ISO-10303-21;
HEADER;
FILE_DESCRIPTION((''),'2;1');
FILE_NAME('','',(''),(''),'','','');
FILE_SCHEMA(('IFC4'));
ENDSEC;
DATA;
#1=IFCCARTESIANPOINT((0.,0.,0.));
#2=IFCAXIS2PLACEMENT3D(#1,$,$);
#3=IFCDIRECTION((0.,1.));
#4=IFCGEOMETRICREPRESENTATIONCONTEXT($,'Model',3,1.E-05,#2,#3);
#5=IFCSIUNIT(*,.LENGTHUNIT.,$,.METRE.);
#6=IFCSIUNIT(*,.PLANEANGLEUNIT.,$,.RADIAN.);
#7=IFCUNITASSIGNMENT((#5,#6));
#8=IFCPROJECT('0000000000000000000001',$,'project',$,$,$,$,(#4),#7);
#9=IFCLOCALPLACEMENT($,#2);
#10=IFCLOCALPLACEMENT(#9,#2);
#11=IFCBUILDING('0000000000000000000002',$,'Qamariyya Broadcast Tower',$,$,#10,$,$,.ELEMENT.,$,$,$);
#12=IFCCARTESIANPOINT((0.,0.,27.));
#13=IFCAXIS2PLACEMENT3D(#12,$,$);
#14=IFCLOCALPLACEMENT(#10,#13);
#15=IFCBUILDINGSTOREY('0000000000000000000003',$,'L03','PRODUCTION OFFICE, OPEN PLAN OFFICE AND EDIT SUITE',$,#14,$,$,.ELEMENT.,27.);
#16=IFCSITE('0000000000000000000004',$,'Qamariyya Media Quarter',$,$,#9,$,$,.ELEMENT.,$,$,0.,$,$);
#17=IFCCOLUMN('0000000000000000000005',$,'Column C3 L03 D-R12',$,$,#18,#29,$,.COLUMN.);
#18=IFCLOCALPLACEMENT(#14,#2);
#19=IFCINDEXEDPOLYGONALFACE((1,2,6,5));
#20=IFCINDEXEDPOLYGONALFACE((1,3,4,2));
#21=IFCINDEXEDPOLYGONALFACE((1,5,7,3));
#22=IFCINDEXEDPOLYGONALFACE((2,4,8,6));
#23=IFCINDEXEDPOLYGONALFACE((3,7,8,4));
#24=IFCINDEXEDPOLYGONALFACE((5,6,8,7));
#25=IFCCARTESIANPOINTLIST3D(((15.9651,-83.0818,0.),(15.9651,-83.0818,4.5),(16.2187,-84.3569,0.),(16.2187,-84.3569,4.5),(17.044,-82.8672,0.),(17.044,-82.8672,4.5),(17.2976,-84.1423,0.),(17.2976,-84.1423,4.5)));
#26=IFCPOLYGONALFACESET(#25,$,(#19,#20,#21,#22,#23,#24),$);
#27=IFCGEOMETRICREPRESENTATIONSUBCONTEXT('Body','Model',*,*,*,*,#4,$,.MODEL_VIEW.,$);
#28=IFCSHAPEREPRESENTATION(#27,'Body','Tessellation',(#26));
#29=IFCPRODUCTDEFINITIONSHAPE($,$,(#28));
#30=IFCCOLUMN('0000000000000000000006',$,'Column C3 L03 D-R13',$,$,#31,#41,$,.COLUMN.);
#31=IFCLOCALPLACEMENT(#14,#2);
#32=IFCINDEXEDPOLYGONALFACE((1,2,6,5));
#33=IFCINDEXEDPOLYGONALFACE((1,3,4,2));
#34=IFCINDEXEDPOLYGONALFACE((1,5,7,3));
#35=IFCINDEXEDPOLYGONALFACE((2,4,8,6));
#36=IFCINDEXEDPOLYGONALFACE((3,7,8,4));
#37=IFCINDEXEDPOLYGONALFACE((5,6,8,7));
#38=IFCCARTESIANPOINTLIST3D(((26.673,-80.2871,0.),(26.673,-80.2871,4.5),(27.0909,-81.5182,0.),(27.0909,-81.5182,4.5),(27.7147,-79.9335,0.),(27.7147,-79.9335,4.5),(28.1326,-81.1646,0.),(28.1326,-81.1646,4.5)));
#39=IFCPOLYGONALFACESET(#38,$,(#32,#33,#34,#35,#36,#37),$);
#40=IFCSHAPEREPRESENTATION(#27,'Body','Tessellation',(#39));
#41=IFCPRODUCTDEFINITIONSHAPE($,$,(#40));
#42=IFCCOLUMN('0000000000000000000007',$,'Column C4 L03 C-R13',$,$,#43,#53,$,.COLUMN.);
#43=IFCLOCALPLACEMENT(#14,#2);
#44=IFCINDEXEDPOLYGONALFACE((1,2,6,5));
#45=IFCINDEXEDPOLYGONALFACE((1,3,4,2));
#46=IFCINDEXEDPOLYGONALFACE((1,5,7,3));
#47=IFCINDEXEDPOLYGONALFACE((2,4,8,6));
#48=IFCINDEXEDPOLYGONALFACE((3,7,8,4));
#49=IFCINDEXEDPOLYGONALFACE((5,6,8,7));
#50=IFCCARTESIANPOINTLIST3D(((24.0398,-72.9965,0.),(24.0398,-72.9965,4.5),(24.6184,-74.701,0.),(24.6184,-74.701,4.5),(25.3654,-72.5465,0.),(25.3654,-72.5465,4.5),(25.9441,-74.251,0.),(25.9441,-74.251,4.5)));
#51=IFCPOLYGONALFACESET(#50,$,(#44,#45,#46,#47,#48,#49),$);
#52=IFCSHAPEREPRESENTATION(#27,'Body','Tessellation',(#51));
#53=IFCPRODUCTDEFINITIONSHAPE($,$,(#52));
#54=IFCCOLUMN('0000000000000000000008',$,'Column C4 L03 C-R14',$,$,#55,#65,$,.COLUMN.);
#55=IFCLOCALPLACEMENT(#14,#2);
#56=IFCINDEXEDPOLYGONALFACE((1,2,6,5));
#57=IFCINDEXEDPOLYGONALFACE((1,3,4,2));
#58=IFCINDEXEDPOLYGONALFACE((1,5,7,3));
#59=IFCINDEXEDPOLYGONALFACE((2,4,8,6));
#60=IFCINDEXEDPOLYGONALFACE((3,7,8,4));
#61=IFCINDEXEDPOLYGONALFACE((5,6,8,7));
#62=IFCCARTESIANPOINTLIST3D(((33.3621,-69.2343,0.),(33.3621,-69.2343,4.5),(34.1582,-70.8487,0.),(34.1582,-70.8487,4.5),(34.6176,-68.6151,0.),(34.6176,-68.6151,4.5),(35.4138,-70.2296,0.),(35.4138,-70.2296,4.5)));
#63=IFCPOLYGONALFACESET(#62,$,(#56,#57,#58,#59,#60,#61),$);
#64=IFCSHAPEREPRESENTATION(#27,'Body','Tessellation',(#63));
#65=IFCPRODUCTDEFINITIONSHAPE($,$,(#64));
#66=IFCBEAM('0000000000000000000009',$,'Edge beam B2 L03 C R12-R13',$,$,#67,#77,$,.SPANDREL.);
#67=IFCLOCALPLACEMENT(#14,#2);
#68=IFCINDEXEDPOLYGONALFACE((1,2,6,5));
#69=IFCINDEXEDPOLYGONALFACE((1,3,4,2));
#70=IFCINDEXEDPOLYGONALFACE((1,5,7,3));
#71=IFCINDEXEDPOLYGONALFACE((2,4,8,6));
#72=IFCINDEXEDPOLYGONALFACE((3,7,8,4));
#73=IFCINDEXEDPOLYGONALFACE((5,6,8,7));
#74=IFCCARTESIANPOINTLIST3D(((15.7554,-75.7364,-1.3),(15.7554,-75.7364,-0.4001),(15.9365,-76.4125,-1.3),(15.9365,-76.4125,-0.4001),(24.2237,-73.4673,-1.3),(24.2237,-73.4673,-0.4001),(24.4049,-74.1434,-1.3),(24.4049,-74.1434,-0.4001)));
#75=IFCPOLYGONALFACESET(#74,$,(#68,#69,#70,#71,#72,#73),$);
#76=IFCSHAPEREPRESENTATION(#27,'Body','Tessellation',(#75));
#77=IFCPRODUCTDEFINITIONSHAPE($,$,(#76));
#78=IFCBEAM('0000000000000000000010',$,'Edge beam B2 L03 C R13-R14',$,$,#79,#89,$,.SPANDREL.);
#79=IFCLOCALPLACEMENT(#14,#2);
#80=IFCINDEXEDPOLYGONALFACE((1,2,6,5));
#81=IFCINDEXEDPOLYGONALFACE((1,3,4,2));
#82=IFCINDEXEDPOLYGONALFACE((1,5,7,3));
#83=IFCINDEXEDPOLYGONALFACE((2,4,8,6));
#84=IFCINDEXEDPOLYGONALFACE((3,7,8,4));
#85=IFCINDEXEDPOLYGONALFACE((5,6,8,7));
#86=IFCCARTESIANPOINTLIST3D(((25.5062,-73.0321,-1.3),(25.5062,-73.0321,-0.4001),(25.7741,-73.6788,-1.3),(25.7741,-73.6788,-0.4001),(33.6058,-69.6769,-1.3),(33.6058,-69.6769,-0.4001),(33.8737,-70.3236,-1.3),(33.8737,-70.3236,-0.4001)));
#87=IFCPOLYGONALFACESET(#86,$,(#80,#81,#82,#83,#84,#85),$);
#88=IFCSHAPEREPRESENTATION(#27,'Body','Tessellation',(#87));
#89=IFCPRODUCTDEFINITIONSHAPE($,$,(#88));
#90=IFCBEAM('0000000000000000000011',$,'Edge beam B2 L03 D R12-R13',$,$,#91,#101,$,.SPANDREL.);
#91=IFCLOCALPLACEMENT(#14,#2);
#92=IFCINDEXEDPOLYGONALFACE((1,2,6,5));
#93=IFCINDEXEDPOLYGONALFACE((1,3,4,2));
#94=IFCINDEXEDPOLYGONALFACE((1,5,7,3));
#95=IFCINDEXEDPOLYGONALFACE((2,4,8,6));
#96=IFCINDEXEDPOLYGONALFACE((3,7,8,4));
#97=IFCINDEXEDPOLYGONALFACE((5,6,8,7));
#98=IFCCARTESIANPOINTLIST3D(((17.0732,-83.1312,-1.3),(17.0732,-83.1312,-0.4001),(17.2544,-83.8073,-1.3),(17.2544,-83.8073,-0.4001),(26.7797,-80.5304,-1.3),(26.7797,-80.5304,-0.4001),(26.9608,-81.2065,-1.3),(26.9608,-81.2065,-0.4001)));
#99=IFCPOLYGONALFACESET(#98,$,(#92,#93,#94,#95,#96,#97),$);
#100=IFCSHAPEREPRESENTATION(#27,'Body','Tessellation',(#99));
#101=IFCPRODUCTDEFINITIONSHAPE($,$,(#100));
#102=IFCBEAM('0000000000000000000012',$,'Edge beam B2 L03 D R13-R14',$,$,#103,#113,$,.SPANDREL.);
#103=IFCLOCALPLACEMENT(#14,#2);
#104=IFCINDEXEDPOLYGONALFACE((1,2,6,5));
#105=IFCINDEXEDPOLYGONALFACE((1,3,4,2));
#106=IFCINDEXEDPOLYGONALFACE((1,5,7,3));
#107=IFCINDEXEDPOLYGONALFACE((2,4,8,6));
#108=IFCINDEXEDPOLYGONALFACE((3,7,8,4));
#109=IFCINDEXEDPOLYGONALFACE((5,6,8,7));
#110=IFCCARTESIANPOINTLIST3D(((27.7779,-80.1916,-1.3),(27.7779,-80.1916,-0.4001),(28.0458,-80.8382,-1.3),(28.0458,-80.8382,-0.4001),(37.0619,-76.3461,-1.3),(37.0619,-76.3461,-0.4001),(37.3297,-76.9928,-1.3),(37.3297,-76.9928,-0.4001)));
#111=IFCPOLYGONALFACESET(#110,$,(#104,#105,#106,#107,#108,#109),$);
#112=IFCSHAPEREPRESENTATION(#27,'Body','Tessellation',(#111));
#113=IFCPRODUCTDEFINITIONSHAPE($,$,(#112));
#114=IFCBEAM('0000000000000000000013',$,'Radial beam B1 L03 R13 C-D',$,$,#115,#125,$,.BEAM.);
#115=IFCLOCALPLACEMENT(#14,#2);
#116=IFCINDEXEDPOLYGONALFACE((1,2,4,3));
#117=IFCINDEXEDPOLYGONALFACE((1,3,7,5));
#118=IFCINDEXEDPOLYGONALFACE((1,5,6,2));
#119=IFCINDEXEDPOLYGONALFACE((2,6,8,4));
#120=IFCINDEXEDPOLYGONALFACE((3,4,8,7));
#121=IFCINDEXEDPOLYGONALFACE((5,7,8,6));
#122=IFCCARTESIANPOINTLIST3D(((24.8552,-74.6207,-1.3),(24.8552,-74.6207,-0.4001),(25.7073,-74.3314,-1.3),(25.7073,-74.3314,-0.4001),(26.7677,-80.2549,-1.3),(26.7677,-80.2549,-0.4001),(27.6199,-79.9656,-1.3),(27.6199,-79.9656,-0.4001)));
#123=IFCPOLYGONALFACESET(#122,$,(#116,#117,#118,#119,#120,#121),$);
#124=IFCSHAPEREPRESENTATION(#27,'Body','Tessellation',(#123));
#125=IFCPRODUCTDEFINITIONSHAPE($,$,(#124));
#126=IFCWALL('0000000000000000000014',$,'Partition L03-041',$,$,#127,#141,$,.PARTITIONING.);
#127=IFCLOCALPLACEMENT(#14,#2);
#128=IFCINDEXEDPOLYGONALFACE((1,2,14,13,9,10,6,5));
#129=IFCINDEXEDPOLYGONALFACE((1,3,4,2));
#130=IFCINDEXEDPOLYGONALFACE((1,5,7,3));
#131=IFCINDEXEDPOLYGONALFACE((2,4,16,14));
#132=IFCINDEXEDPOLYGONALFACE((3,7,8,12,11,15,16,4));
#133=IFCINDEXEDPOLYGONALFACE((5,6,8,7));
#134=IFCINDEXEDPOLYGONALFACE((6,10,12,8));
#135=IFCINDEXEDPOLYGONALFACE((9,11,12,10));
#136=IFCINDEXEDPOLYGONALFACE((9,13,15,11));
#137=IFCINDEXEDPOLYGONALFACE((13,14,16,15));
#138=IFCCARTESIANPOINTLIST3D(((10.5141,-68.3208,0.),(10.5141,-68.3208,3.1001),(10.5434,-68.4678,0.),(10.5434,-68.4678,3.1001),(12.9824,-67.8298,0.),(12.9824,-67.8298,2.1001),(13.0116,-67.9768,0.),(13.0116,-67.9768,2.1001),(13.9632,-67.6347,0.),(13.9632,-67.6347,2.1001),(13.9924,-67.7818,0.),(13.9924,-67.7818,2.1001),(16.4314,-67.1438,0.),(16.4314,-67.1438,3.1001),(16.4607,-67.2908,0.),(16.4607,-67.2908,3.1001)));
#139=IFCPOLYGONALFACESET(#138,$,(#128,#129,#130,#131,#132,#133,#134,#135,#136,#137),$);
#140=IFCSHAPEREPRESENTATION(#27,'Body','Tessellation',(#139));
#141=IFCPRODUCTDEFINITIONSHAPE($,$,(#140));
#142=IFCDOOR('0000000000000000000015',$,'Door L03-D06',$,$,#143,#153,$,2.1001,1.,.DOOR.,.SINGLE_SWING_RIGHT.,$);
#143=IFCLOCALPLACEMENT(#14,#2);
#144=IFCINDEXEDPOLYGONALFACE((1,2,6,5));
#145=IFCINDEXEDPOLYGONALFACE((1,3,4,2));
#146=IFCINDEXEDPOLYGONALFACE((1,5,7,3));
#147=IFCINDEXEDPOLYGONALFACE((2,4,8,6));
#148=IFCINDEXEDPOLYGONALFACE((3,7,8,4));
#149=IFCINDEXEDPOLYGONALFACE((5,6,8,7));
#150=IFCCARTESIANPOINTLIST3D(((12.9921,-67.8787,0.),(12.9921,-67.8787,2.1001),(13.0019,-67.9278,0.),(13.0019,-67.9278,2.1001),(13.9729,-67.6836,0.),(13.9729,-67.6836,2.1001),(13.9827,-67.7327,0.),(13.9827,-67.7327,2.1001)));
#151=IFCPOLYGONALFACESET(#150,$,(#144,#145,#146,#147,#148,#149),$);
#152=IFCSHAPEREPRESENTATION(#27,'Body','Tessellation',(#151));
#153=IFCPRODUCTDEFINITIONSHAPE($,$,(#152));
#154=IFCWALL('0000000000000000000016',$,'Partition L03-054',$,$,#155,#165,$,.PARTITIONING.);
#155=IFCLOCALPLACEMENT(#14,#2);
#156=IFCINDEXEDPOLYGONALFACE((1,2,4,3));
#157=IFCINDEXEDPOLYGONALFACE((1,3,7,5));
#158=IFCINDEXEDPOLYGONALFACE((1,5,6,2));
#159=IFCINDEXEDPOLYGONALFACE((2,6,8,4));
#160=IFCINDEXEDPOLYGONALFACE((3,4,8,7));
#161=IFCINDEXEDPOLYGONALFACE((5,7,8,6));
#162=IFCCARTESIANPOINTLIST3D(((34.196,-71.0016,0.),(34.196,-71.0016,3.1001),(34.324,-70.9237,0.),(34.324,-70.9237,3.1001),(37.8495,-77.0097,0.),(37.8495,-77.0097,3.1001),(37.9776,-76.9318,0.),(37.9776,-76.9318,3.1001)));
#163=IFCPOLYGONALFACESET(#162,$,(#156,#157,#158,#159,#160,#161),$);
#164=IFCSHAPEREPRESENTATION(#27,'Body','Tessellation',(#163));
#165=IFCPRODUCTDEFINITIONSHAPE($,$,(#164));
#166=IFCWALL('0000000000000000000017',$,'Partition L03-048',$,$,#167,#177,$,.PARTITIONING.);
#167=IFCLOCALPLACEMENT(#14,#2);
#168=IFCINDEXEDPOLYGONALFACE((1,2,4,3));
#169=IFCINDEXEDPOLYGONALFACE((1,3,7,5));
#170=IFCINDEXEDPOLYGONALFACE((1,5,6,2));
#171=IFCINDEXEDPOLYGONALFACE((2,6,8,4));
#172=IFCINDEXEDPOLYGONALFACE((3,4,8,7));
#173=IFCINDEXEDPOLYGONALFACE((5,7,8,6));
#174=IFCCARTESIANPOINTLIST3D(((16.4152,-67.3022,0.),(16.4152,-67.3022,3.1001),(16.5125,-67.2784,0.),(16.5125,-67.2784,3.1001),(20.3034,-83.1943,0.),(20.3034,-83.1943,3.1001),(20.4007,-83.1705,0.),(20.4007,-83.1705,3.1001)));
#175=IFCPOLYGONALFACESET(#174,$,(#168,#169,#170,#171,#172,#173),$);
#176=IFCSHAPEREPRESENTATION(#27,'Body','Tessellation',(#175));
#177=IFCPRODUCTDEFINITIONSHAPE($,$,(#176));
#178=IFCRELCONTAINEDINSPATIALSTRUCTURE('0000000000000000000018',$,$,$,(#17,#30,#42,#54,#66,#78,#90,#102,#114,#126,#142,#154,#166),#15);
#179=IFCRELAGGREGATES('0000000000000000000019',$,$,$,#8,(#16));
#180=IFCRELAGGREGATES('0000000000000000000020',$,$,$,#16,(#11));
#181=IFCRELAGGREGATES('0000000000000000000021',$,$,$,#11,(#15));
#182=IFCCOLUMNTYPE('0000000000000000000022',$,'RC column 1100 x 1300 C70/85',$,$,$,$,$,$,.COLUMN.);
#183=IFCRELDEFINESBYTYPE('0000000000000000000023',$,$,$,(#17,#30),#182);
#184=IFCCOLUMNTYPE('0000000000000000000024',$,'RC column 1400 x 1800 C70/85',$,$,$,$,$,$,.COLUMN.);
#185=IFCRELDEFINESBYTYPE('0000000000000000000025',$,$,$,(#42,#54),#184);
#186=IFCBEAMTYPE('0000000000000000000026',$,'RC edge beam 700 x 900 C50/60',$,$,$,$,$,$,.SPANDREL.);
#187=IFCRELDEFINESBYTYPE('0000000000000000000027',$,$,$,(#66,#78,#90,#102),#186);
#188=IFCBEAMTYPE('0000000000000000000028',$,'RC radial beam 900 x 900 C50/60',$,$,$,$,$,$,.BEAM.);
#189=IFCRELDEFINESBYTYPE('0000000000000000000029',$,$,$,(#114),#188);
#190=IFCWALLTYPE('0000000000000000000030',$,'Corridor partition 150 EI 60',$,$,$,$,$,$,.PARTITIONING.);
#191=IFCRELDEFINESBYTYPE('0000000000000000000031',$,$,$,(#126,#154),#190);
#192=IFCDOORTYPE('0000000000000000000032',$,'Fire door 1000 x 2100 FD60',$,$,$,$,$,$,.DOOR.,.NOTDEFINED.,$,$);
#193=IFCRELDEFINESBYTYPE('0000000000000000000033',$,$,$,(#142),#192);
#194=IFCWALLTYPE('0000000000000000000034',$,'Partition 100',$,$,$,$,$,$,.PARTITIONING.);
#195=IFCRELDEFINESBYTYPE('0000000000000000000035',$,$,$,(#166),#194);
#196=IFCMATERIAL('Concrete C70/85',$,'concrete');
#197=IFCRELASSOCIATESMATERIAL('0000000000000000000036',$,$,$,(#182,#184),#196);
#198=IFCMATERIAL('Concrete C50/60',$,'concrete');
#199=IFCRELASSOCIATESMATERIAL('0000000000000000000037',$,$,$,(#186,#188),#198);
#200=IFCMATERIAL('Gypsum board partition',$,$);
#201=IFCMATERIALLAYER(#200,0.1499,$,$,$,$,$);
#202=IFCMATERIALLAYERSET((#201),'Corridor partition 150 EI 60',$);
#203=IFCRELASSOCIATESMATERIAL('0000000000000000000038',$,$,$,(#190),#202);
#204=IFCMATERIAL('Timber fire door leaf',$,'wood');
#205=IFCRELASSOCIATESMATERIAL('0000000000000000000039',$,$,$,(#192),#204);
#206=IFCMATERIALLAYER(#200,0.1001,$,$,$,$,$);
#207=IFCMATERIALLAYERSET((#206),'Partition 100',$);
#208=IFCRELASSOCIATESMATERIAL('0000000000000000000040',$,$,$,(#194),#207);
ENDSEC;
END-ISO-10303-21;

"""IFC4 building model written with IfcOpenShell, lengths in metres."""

from ifc_helpers import new_model, si_unit, direction, frame, frame_2d, origin, origin_2d, place, context, subcontext, project, spatial, rectangle, extrude, material, layer, layer_set, material_profile, profile_set, type_object, element, fill, save


model = new_model("IFC4")

# Units and contexts
model_context = context("Model", 3, precision=1e-05, world=origin(), true_north=direction((0.0, 1.0)))
body_context = subcontext(model_context, "Body", "Model", "MODEL_VIEW")
ifc_project = project(units=[si_unit("LENGTHUNIT", "METRE"), si_unit("PLANEANGLEUNIT", "RADIAN")], contexts=[model_context])

# Site, building, storey
site_placement = place(None, origin())
site = spatial("IfcSite", under=ifc_project, at=site_placement, Name="Qamariyya Media Quarter", CompositionType="ELEMENT", RefElevation=0.0)
building_placement = place(site_placement, origin())
building = spatial("IfcBuilding", under=site, at=building_placement, Name="Qamariyya Broadcast Tower", CompositionType="ELEMENT")
storey_placement = place(building_placement, frame((0.0, 0.0, 27.0)))
storey = spatial("IfcBuildingStorey", under=building, at=storey_placement, Name="L03", Description="PRODUCTION OFFICE, OPEN PLAN OFFICE AND EDIT SUITE", CompositionType="ELEMENT", Elevation=27.0)

# Columns
ifc_material_1 = material(Name="Concrete C70/85", Category="concrete")
ifc_material_profile_1 = material_profile(ifc_material_1, rectangle(XDim=1.1001, YDim=1.3, at=origin_2d()))
ifc_profile_set_1 = profile_set([ifc_material_profile_1], Name="Concrete C70/85")
column_type_1 = type_object("IfcColumnType", Name="RC column 1100 x 1300 C70/85", PredefinedType="COLUMN", material=ifc_profile_set_1)
for number, where, z_axis, x_axis, name in (
    (1, (16.6313, -83.6121, 0.0), (0.0, 0.0, 1.0), (0.980785, 0.19509, 0.0), "Column C3 L03 D-R12"),
    (2, (27.4028, -80.7258, 0.0), (0.0, 0.0, 1.0), (0.94693, 0.321439, 0.0), "Column C3 L03 D-R13"),
):
    element("IfcColumn", number, at=place(storey_placement, frame(where, z_axis=z_axis, x_axis=x_axis)), inside=storey, type_object=column_type_1, Name=name, PredefinedType="COLUMN", context=body_context, shape_type="SweptSolid", body=[
        extrude(rectangle(XDim=1.1001, YDim=1.3, at=origin_2d()), origin(), (0.0, 0.0, 1.0), 4.5),
    ])
ifc_material_profile_2 = material_profile(ifc_material_1, rectangle(XDim=1.3999, YDim=1.8, at=origin_2d()))
ifc_profile_set_2 = profile_set([ifc_material_profile_2], Name="Concrete C70/85")
column_type_2 = type_object("IfcColumnType", Name="RC column 1400 x 1800 C70/85", PredefinedType="COLUMN", material=ifc_profile_set_2)
for number, where, z_axis, x_axis, name in (
    (3, (24.9919, -73.6238, 0.0), (0.0, 0.0, 1.0), (0.94693, 0.321439, 0.0), "Column C4 L03 C-R13"),
    (4, (34.3879, -69.7319, 0.0), (0.0, 0.0, 1.0), (0.896873, 0.442289, 0.0), "Column C4 L03 C-R14"),
):
    element("IfcColumn", number, at=place(storey_placement, frame(where, z_axis=z_axis, x_axis=x_axis)), inside=storey, type_object=column_type_2, Name=name, PredefinedType="COLUMN", context=body_context, shape_type="SweptSolid", body=[
        extrude(rectangle(XDim=1.3999, YDim=1.8, at=origin_2d()), origin(), (0.0, 0.0, 1.0), 4.5),
    ])

# Beams
ifc_material_2 = material(Name="Concrete C50/60", Category="concrete")
ifc_material_profile_3 = material_profile(ifc_material_2, rectangle(XDim=0.7, YDim=0.8999, at=origin_2d()))
ifc_profile_set_3 = profile_set([ifc_material_profile_3], Name="Concrete C50/60")
beam_type_1 = type_object("IfcBeamType", Name="RC edge beam 700 x 900 C50/60", PredefinedType="SPANDREL", material=ifc_profile_set_3)
for number, where, z_axis, x_axis, name in (
    (5, (15.8459, -76.0745, -0.8501), (0.965926, 0.258817, 0.0), (-0.258817, 0.965926, 0.0), "Edge beam B2 L03 C R12-R13"),
    (6, (25.6401, -73.3555, -0.8501), (0.923869, 0.382708, 0.0), (-0.382708, 0.923869, 0.0), "Edge beam B2 L03 C R13-R14"),
):
    element("IfcBeam", number, at=place(storey_placement, frame(where, z_axis=z_axis, x_axis=x_axis)), inside=storey, type_object=beam_type_1, Name=name, PredefinedType="SPANDREL", context=body_context, shape_type="SweptSolid", body=[
        extrude(rectangle(XDim=0.7, YDim=0.8999, at=origin_2d()), origin(), (0.0, 0.0, 1.0), 8.7671),
    ])
for number, where, z_axis, x_axis, name in (
    (7, (17.1638, -83.4692, -0.8501), (0.965927, 0.258816, 0.0), (-0.258816, 0.965927, 0.0), "Edge beam B2 L03 D R12-R13"),
    (8, (27.9119, -80.5149, -0.8501), (0.923882, 0.382677, 0.0), (-0.382677, 0.923882, 0.0), "Edge beam B2 L03 D R13-R14"),
):
    element("IfcBeam", number, at=place(storey_placement, frame(where, z_axis=z_axis, x_axis=x_axis)), inside=storey, type_object=beam_type_1, Name=name, PredefinedType="SPANDREL", context=body_context, shape_type="SweptSolid", body=[
        extrude(rectangle(XDim=0.7, YDim=0.8999, at=origin_2d()), origin(), (0.0, 0.0, 1.0), 10.0488),
    ])
ifc_material_profile_4 = material_profile(ifc_material_2, rectangle(XDim=0.8999, YDim=0.8999, at=origin_2d()))
ifc_profile_set_4 = profile_set([ifc_material_profile_4], Name="Concrete C50/60")
beam_type_2 = type_object("IfcBeamType", Name="RC radial beam 900 x 900 C50/60", PredefinedType="BEAM", material=ifc_profile_set_4)
beam_placement = place(storey_placement, frame((25.2812, -74.4761, -0.8501), z_axis=(0.321442, -0.946929, 0.0), x_axis=(0.946929, 0.321442, 0.0)))
element("IfcBeam", 9, at=beam_placement, inside=storey, type_object=beam_type_2, Name="Radial beam B1 L03 R13 C-D", PredefinedType="BEAM", context=body_context, shape_type="SweptSolid", body=[
    extrude(rectangle(XDim=0.8999, YDim=0.8999, at=origin_2d()), origin(), (0.0, 0.0, 1.0), 5.95),
])

# Wall, opening, door
ifc_material_3 = material(Name="Gypsum board partition")
ifc_layer_1 = layer(ifc_material_3, 0.1499)
ifc_layer_set_1 = layer_set([ifc_layer_1], Name="Corridor partition 150 EI 60")
wall_type_1 = type_object("IfcWallType", Name="Corridor partition 150 EI 60", PredefinedType="PARTITIONING", material=ifc_layer_set_1)
wall_1_placement = place(storey_placement, frame((16.446, -67.2173, 0.0), z_axis=(0.0, 0.0, 1.0), x_axis=(-0.980786, -0.195089, 0.0)))
wall_1 = element("IfcWall", 10, at=wall_1_placement, inside=storey, type_object=wall_type_1, Name="Partition L03-041", PredefinedType="PARTITIONING", context=body_context, shape_type="SweptSolid", body=[
    extrude(rectangle(XDim=6.0332, YDim=0.1499, at=frame_2d((3.0166, 0.0))), origin(), (0.0, 0.0, 1.0), 3.1001),
])
opening_1_placement = place(wall_1_placement, frame((2.5166, 0.0, 0.0)))
opening_1 = element("IfcOpeningElement", 11, at=opening_1_placement, cuts=wall_1, PredefinedType="OPENING", context=body_context, shape_type="SweptSolid", body=[
    extrude(rectangle(XDim=1.0, YDim=2.1001, at=frame_2d((0.5, 1.05))), frame((0.0, 0.085, 0.0), z_axis=(0.0, -1.0, 0.0), x_axis=(1.0, 0.0, 0.0)), (0.0, 0.0, 1.0), 0.1699),
])
ifc_material_4 = material(Name="Timber fire door leaf", Category="wood")
door_type = type_object("IfcDoorType", Name="Fire door 1000 x 2100 FD60", OperationType="NOTDEFINED", PredefinedType="DOOR", material=ifc_material_4)
door_placement = place(opening_1_placement, origin())
door = element("IfcDoor", 12, at=door_placement, inside=storey, type_object=door_type, Name="Door L03-D06", OperationType="SINGLE_SWING_RIGHT", OverallHeight=2.1001, OverallWidth=1.0, PredefinedType="DOOR", context=body_context, shape_type="SweptSolid", body=[
    extrude(rectangle(XDim=1.0, YDim=2.1001, at=frame_2d((0.5, 1.05))), frame((0.0, 0.0249, 0.0), z_axis=(0.0, -1.0, 0.0), x_axis=(1.0, 0.0, 0.0)), (0.0, 0.0, 1.0), 0.05),
])
fill(opening_1, door)

# Walls
wall_2_placement = place(storey_placement, frame((34.26, -70.9626, 0.0), z_axis=(0.0, 0.0, 1.0), x_axis=(0.519582, -0.85442, 0.0)))
element("IfcWall", 13, at=wall_2_placement, inside=storey, type_object=wall_type_1, Name="Partition L03-054", PredefinedType="PARTITIONING", context=body_context, shape_type="SweptSolid", body=[
    extrude(rectangle(XDim=7.0317, YDim=0.1499, at=frame_2d((3.5159, 0.0))), origin(), (0.0, 0.0, 1.0), 3.1001),
])
ifc_layer_2 = layer(ifc_material_3, 0.1001)
ifc_layer_set_2 = layer_set([ifc_layer_2], Name="Partition 100")
wall_type_2 = type_object("IfcWallType", Name="Partition 100", PredefinedType="PARTITIONING", material=ifc_layer_set_2)
wall_3_placement = place(storey_placement, frame((20.3521, -83.1824, 0.0), z_axis=(0.0, 0.0, 1.0), x_axis=(-0.237652, 0.97135, 0.0)))
element("IfcWall", 14, at=wall_3_placement, inside=storey, type_object=wall_type_2, Name="Partition L03-048", PredefinedType="PARTITIONING", context=body_context, shape_type="SweptSolid", body=[
    extrude(rectangle(XDim=16.3608, YDim=0.1001, at=frame_2d((8.1804, 0.0))), origin(), (0.0, 0.0, 1.0), 3.1001),
])

save(model, "model.ifc")
